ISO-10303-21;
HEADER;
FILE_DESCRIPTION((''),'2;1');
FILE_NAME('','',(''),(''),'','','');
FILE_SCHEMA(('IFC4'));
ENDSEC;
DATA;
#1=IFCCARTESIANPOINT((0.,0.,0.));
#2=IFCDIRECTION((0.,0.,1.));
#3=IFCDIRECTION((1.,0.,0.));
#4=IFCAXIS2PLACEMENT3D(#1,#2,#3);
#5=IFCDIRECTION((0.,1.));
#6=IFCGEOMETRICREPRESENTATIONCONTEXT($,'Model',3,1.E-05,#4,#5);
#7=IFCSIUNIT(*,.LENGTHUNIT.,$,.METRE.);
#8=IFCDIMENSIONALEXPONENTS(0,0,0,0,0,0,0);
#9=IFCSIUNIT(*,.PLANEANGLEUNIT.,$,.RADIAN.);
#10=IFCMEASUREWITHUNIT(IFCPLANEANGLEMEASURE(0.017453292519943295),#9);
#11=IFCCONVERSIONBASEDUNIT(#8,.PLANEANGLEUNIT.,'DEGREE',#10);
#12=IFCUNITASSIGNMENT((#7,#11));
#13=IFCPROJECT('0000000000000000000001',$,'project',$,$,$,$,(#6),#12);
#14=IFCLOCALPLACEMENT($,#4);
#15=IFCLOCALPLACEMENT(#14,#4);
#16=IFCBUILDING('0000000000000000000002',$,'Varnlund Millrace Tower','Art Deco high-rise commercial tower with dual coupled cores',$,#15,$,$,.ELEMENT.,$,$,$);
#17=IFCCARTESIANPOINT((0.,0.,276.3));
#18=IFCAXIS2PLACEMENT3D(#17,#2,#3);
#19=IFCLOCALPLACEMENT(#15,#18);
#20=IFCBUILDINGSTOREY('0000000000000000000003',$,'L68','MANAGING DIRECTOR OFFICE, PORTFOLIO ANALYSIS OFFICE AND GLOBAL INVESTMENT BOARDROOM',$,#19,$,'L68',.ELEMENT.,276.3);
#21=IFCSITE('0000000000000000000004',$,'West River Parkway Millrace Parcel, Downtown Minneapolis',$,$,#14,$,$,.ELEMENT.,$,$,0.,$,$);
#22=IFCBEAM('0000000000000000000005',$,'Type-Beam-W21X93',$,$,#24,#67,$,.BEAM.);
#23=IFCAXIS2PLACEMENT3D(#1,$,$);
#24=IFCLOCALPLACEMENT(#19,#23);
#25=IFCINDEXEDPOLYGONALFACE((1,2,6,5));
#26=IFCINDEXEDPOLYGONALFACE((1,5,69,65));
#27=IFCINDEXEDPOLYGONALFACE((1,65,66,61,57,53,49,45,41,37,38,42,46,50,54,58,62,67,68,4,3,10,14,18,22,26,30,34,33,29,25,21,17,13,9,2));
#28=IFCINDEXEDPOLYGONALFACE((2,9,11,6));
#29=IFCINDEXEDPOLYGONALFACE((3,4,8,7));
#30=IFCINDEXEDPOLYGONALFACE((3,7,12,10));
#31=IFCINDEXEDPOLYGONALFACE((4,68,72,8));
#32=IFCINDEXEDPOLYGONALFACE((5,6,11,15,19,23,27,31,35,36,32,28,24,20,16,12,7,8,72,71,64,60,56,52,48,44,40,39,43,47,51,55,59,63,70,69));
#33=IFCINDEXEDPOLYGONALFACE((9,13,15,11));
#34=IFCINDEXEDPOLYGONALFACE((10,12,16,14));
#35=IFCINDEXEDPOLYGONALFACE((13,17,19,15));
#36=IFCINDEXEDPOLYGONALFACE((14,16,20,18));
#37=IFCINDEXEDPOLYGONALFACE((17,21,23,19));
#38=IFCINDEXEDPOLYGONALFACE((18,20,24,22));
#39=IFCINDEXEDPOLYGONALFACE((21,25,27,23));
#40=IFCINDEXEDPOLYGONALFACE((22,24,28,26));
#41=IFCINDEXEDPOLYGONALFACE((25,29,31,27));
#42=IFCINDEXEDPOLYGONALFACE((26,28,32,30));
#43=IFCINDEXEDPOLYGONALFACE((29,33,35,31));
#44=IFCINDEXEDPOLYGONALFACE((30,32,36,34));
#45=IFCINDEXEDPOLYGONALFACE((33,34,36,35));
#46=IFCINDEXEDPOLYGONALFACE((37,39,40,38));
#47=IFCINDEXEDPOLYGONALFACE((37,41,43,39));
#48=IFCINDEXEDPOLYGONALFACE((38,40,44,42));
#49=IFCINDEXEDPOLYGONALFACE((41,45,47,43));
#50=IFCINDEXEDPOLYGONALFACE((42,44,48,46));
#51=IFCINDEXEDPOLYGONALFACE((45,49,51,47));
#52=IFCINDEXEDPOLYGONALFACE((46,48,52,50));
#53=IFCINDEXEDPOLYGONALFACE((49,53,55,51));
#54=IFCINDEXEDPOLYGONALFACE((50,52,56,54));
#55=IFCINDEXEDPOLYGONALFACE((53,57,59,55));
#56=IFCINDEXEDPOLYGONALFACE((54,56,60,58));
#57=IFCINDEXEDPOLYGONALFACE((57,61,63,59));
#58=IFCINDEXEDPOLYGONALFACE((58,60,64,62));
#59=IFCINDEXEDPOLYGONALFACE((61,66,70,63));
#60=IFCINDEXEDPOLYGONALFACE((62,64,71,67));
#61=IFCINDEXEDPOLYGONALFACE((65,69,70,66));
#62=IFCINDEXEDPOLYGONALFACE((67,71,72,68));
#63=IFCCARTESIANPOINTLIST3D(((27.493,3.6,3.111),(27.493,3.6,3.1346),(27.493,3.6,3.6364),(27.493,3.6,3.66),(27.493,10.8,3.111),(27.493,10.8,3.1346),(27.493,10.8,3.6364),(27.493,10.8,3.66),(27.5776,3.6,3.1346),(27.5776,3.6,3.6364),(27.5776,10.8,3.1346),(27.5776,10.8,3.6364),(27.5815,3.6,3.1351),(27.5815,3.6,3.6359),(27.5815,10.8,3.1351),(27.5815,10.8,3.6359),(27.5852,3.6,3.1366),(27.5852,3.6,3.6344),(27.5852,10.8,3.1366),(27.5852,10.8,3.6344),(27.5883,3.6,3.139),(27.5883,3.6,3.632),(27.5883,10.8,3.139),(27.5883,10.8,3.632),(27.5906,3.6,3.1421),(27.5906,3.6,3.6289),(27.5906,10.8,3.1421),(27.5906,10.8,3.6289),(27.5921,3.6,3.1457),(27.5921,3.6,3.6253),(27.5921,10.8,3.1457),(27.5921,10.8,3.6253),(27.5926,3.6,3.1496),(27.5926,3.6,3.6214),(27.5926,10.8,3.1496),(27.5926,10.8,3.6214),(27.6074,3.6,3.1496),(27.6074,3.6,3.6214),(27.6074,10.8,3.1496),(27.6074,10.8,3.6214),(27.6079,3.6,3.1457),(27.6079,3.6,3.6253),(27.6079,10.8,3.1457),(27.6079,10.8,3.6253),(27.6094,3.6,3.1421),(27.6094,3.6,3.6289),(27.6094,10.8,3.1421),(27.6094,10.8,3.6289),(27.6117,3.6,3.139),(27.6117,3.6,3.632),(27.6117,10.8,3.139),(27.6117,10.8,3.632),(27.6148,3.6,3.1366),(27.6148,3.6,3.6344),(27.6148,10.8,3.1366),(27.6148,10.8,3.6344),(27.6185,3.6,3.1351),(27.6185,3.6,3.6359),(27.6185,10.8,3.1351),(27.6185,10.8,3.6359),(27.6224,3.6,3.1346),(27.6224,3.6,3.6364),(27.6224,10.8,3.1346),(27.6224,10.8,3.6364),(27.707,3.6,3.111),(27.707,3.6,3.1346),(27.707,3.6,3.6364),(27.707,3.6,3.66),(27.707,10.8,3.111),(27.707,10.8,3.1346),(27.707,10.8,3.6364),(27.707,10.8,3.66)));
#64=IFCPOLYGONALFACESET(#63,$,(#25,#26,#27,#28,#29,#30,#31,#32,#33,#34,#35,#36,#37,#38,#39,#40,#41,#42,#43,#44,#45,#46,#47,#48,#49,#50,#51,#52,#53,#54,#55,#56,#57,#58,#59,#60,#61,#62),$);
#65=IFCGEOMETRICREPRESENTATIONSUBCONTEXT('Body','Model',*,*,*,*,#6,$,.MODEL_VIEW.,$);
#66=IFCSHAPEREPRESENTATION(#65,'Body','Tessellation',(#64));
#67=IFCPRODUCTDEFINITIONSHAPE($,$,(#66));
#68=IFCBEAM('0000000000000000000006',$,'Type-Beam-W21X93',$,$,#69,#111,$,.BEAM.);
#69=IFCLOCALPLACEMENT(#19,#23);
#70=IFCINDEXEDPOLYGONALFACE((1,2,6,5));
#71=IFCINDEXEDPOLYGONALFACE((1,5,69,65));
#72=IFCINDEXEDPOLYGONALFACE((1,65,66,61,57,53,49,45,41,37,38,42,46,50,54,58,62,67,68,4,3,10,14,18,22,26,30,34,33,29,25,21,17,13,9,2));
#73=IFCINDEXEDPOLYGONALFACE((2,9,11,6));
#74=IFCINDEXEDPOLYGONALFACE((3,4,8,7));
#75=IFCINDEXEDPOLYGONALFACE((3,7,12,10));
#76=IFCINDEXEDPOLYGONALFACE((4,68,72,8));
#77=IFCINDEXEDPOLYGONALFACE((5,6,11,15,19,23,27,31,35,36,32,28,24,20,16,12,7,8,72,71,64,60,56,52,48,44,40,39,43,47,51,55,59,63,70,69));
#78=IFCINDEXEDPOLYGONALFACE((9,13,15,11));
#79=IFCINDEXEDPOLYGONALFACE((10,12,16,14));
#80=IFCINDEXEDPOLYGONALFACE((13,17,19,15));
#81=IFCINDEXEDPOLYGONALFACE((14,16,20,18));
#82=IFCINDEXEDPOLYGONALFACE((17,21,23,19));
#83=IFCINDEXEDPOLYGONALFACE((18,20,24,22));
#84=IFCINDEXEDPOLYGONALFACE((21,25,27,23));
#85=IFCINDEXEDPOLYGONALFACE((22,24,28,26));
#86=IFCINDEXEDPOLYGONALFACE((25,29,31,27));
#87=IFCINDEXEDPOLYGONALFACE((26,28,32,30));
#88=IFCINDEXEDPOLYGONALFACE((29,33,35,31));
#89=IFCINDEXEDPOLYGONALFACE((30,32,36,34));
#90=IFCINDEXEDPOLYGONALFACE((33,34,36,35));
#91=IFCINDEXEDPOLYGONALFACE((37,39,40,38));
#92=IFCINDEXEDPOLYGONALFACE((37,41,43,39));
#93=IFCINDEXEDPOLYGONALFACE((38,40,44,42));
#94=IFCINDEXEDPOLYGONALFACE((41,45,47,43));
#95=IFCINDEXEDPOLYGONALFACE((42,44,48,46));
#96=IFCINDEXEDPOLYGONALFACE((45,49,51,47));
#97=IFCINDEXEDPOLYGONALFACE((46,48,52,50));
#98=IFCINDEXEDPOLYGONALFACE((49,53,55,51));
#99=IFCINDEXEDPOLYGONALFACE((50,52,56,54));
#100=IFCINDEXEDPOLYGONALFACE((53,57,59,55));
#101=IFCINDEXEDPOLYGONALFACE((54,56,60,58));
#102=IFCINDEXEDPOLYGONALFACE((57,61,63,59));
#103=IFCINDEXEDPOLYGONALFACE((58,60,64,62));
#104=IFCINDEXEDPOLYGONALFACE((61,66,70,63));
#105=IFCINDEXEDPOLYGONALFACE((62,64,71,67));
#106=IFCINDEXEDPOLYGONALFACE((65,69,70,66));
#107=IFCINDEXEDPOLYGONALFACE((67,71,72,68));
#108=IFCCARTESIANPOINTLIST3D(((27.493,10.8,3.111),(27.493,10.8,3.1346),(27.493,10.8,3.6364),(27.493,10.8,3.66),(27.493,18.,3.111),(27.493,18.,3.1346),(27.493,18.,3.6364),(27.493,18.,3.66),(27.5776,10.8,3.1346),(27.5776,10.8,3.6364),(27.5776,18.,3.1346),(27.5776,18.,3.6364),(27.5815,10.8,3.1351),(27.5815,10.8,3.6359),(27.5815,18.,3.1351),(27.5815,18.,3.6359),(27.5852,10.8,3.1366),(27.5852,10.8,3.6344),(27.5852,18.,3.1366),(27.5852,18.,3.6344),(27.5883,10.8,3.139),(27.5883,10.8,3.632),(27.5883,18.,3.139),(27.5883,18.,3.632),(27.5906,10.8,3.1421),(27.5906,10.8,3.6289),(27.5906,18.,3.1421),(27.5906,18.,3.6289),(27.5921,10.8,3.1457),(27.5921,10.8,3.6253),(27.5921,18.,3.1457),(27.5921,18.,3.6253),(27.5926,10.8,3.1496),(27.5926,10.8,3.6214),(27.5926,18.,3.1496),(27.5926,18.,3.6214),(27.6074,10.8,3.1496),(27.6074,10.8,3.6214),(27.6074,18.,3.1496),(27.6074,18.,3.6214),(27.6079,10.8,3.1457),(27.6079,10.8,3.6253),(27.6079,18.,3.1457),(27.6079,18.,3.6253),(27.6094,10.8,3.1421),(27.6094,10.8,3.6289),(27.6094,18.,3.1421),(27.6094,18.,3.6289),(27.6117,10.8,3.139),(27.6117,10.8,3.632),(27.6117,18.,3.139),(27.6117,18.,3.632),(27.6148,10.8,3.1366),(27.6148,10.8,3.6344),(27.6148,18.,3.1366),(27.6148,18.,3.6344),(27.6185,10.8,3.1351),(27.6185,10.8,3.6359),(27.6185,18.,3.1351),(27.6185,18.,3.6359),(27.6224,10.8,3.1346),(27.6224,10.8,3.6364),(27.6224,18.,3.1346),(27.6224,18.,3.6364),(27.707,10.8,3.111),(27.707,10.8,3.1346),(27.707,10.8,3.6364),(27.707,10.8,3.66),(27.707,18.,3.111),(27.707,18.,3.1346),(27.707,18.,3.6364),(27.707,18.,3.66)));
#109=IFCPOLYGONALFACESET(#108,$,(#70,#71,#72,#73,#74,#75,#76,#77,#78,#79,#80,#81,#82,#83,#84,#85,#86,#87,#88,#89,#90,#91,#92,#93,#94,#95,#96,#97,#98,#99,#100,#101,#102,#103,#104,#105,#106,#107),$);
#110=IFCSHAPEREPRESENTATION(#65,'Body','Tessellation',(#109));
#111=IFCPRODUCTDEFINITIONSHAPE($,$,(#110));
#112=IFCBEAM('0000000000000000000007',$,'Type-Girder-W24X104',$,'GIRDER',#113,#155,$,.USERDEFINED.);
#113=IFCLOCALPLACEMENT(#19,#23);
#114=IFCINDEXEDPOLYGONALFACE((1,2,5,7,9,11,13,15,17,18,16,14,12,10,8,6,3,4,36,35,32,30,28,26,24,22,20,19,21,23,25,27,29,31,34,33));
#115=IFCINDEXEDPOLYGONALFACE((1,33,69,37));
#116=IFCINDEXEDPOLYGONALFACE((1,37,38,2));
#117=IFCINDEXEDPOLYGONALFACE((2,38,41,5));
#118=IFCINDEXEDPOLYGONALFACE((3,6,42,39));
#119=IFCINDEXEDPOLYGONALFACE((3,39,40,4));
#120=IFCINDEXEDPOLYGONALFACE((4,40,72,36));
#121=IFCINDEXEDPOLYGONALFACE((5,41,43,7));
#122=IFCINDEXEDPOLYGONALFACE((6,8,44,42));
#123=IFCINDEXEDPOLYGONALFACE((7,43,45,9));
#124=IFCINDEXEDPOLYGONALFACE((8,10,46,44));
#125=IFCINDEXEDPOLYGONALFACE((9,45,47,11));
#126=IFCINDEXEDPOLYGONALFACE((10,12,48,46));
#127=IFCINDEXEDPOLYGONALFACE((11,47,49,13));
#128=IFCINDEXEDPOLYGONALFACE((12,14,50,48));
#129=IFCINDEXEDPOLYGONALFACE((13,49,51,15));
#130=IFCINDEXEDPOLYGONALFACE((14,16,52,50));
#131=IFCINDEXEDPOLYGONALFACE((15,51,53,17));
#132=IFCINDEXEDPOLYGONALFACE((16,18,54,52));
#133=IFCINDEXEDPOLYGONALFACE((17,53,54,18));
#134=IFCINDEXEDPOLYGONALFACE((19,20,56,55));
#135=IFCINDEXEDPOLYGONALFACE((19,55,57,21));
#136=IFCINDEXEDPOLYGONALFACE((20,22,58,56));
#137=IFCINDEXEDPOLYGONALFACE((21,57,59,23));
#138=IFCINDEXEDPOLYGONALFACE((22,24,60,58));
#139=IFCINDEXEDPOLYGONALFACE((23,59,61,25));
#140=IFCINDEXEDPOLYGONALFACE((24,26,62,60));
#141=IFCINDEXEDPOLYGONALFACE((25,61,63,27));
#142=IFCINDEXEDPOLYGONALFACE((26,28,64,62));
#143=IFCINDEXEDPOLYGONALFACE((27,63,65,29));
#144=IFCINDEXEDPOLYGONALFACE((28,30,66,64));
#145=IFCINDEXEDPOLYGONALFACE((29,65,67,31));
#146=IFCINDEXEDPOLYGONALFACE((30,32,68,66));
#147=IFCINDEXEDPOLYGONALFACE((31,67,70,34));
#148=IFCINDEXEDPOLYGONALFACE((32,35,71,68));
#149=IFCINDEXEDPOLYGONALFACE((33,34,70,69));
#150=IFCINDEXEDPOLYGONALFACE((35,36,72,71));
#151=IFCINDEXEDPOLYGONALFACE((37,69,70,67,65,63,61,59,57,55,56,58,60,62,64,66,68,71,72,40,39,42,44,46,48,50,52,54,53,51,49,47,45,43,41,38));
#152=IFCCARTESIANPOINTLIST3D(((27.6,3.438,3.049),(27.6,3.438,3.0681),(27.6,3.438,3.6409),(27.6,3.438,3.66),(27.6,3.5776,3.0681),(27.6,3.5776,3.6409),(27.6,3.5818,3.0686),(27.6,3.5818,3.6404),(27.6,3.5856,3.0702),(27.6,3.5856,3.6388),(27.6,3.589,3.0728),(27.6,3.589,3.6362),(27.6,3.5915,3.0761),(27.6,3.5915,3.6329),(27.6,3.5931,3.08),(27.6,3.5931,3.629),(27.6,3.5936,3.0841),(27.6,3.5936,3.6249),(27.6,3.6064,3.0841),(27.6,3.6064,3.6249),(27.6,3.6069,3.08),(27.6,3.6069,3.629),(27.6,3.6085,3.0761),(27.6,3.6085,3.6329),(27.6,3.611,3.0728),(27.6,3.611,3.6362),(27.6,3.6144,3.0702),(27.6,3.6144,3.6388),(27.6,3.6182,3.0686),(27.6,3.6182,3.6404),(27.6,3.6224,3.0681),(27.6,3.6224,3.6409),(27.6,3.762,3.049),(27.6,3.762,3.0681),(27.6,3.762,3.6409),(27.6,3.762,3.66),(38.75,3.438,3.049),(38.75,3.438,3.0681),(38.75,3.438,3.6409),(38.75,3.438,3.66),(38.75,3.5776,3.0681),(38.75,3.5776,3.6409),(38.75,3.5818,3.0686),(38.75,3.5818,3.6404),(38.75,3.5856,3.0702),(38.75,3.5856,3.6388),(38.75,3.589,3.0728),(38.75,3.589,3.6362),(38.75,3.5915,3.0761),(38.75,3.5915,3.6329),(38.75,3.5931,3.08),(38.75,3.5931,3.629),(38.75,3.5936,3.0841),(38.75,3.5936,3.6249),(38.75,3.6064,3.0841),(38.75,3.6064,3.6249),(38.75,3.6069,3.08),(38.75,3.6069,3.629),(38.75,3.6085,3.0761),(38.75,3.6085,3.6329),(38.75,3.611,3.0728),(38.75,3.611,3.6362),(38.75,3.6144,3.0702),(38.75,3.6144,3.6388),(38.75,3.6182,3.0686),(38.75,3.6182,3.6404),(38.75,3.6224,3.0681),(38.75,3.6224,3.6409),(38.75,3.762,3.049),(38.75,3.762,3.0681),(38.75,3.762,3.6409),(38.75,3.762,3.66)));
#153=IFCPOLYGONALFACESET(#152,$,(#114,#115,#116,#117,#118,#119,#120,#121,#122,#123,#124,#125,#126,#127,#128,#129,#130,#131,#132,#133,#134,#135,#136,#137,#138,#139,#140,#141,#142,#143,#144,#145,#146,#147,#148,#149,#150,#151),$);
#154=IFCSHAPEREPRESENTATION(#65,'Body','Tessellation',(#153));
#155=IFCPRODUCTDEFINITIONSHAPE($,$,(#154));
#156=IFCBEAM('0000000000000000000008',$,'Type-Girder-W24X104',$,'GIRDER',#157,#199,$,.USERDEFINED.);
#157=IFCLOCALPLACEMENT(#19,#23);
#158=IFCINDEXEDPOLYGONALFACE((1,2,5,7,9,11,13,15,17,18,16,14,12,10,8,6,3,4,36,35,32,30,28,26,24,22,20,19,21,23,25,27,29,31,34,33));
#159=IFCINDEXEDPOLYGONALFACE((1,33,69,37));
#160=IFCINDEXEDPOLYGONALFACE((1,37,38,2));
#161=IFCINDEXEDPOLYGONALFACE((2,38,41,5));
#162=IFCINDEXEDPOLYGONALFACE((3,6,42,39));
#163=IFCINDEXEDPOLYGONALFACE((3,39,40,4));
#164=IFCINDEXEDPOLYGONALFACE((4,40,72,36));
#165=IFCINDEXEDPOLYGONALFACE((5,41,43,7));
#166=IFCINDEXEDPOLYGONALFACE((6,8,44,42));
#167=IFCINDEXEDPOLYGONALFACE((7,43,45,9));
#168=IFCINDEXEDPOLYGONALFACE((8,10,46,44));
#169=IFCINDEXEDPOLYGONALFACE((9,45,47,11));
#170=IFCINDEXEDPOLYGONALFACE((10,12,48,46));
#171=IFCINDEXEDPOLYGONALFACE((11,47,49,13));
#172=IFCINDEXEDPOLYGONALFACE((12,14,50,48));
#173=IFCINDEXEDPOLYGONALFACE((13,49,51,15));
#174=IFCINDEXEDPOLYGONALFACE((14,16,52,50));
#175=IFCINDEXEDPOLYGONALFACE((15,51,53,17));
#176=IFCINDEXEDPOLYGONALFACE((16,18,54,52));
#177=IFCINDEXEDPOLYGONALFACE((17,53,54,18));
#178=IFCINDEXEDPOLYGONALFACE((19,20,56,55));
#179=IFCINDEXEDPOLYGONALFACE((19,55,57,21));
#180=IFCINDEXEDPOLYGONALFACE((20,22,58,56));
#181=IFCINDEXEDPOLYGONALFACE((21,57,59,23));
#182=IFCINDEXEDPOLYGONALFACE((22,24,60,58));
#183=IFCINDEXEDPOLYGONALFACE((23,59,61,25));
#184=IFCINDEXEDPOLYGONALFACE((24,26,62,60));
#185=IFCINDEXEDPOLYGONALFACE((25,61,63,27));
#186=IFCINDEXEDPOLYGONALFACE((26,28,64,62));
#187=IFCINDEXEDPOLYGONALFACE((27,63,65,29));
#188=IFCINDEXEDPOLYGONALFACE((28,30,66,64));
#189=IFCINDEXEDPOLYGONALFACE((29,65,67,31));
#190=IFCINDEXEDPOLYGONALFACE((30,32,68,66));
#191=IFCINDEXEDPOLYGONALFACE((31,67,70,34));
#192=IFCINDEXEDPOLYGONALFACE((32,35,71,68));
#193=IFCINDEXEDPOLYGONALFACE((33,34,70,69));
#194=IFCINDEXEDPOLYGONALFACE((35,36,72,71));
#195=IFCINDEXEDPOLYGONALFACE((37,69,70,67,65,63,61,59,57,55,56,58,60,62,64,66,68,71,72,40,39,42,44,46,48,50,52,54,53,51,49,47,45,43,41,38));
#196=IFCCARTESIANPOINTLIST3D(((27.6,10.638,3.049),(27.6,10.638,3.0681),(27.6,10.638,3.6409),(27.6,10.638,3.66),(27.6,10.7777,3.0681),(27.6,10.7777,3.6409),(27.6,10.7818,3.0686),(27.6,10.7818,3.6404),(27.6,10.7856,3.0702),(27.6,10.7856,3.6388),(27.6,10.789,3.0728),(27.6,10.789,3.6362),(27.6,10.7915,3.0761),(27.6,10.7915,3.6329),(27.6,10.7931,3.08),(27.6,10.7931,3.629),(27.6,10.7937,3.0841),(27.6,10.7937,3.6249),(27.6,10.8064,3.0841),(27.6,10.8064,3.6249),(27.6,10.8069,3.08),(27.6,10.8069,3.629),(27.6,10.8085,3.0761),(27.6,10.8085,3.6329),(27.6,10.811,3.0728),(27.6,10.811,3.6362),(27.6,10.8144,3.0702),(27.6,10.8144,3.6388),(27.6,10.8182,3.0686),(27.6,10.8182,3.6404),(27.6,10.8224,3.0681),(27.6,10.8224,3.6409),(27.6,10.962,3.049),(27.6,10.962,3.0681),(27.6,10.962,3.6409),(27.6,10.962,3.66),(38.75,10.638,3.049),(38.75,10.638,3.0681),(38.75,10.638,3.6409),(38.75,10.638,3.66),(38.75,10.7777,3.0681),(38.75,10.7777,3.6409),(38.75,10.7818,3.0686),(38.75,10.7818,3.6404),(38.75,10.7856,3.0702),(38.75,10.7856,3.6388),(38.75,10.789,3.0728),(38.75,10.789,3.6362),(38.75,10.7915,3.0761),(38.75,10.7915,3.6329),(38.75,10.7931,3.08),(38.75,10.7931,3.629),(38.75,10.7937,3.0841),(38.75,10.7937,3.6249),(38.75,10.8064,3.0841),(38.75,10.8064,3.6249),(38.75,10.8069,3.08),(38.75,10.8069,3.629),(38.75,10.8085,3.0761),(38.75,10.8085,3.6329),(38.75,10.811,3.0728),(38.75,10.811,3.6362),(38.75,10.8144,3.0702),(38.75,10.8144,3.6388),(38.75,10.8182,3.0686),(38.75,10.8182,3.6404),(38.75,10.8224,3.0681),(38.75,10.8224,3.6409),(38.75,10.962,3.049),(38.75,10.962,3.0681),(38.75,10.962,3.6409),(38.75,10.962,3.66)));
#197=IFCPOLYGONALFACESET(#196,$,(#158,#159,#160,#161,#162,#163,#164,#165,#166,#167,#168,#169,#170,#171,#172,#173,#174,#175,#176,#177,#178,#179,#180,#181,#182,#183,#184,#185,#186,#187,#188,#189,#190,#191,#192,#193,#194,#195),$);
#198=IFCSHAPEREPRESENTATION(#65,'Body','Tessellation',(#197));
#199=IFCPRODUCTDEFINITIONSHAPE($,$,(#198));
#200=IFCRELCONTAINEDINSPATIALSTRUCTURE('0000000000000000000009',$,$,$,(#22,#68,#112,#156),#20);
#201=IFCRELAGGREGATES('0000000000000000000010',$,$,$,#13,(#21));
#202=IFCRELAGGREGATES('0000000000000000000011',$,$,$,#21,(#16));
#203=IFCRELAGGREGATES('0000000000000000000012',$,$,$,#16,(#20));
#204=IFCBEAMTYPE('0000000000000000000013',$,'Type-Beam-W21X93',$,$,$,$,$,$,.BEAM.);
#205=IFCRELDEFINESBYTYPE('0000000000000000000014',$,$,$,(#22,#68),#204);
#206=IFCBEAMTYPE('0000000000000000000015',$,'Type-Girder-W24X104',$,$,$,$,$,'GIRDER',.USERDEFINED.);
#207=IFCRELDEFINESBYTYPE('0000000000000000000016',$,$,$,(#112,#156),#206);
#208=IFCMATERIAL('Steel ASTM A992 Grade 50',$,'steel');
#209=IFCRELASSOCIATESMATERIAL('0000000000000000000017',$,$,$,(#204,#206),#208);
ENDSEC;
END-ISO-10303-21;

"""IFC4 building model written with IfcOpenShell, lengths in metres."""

from ifc_helpers import new_model, entity, si_unit, converted_unit, direction, frame, origin_with_axes, origin_2d_with_axis, place, context, subcontext, project, spatial, i_section, extrude, material, material_profile, profile_set, type_object, element, save


model = new_model("IFC4")

# Units and contexts
model_context = context("Model", 3, precision=1e-05, world=origin_with_axes(), true_north=direction((0.0, 1.0)))
body_context = subcontext(model_context, "Body", "Model", "MODEL_VIEW")
ifc_project = project(units=[si_unit("LENGTHUNIT", "METRE"), converted_unit("PLANEANGLEUNIT", "DEGREE", entity("IfcPlaneAngleMeasure", 0.017453292519943295), si_unit("PLANEANGLEUNIT", "RADIAN"), dimensions=[0, 0, 0, 0, 0, 0, 0])], contexts=[model_context])

# Site, building, storey
site_placement = place(None, origin_with_axes())
site = spatial("IfcSite", under=ifc_project, at=site_placement, Name="West River Parkway Millrace Parcel, Downtown Minneapolis", CompositionType="ELEMENT", RefElevation=0.0)
building_placement = place(site_placement, origin_with_axes())
building = spatial("IfcBuilding", under=site, at=building_placement, Name="Varnlund Millrace Tower", Description="Art Deco high-rise commercial tower with dual coupled cores", CompositionType="ELEMENT")
storey_placement = place(building_placement, frame((0.0, 0.0, 276.3), z_axis=(0.0, 0.0, 1.0), x_axis=(1.0, 0.0, 0.0)))
storey = spatial("IfcBuildingStorey", under=building, at=storey_placement, Name="L68", Description="MANAGING DIRECTOR OFFICE, PORTFOLIO ANALYSIS OFFICE AND GLOBAL INVESTMENT BOARDROOM", LongName="L68", CompositionType="ELEMENT", Elevation=276.3)

# Beams
ifc_material_1 = material(Name="Steel ASTM A992 Grade 50", Category="steel")
ifc_material_profile_1 = material_profile(ifc_material_1, i_section(OverallWidth=0.214, OverallDepth=0.549, WebThickness=0.0147, FlangeThickness=0.0236, FilletRadius=0.015, at=origin_2d_with_axis()), Name="Steel ASTM A992 Grade 50")
ifc_profile_set_1 = profile_set([ifc_material_profile_1], Name="Steel ASTM A992 Grade 50")
beam_type_1 = type_object("IfcBeamType", Name="Type-Beam-W21X93", PredefinedType="BEAM", material=ifc_profile_set_1)
for number, where, z_axis, x_axis, name in (
    (1, (27.6, 3.6, 3.3855), (0.0, 1.0, 0.0), (-1.0, 0.0, 0.0), "Type-Beam-W21X93"),
    (2, (27.6, 10.8, 3.3855), (0.0, 1.0, 0.0), (-1.0, 0.0, 0.0), "Type-Beam-W21X93"),
):
    element("IfcBeam", number, at=place(storey_placement, frame(where, z_axis=z_axis, x_axis=x_axis)), inside=storey, type_object=beam_type_1, Name=name, PredefinedType="BEAM", context=body_context, shape_type="SweptSolid", body=[
        extrude(i_section(OverallWidth=0.214, OverallDepth=0.549, WebThickness=0.0147, FlangeThickness=0.0236, FilletRadius=0.015, at=origin_2d_with_axis()), origin_with_axes(), (0.0, 0.0, 1.0), 7.2),
    ])
ifc_material_profile_2 = material_profile(ifc_material_1, i_section(OverallWidth=0.324, OverallDepth=0.611, WebThickness=0.0127, FlangeThickness=0.0191, FilletRadius=0.016, at=origin_2d_with_axis()), Name="Steel ASTM A992 Grade 50")
ifc_profile_set_2 = profile_set([ifc_material_profile_2], Name="Steel ASTM A992 Grade 50")
beam_type_2 = type_object("IfcBeamType", Name="Type-Girder-W24X104", ElementType="GIRDER", PredefinedType="USERDEFINED", material=ifc_profile_set_2)
for number, where, z_axis, x_axis, name in (
    (3, (27.6, 3.6, 3.3545), (1.0, 0.0, 0.0), (0.0, 1.0, 0.0), "Type-Girder-W24X104"),
    (4, (27.6, 10.8, 3.3545), (1.0, 0.0, 0.0), (0.0, 1.0, 0.0), "Type-Girder-W24X104"),
):
    element("IfcBeam", number, at=place(storey_placement, frame(where, z_axis=z_axis, x_axis=x_axis)), inside=storey, type_object=beam_type_2, Name=name, ObjectType="GIRDER", PredefinedType="USERDEFINED", context=body_context, shape_type="SweptSolid", body=[
        extrude(i_section(OverallWidth=0.324, OverallDepth=0.611, WebThickness=0.0127, FlangeThickness=0.0191, FilletRadius=0.016, at=origin_2d_with_axis()), origin_with_axes(), (0.0, 0.0, 1.0), 11.15),
    ])

save(model, "model.ifc")
